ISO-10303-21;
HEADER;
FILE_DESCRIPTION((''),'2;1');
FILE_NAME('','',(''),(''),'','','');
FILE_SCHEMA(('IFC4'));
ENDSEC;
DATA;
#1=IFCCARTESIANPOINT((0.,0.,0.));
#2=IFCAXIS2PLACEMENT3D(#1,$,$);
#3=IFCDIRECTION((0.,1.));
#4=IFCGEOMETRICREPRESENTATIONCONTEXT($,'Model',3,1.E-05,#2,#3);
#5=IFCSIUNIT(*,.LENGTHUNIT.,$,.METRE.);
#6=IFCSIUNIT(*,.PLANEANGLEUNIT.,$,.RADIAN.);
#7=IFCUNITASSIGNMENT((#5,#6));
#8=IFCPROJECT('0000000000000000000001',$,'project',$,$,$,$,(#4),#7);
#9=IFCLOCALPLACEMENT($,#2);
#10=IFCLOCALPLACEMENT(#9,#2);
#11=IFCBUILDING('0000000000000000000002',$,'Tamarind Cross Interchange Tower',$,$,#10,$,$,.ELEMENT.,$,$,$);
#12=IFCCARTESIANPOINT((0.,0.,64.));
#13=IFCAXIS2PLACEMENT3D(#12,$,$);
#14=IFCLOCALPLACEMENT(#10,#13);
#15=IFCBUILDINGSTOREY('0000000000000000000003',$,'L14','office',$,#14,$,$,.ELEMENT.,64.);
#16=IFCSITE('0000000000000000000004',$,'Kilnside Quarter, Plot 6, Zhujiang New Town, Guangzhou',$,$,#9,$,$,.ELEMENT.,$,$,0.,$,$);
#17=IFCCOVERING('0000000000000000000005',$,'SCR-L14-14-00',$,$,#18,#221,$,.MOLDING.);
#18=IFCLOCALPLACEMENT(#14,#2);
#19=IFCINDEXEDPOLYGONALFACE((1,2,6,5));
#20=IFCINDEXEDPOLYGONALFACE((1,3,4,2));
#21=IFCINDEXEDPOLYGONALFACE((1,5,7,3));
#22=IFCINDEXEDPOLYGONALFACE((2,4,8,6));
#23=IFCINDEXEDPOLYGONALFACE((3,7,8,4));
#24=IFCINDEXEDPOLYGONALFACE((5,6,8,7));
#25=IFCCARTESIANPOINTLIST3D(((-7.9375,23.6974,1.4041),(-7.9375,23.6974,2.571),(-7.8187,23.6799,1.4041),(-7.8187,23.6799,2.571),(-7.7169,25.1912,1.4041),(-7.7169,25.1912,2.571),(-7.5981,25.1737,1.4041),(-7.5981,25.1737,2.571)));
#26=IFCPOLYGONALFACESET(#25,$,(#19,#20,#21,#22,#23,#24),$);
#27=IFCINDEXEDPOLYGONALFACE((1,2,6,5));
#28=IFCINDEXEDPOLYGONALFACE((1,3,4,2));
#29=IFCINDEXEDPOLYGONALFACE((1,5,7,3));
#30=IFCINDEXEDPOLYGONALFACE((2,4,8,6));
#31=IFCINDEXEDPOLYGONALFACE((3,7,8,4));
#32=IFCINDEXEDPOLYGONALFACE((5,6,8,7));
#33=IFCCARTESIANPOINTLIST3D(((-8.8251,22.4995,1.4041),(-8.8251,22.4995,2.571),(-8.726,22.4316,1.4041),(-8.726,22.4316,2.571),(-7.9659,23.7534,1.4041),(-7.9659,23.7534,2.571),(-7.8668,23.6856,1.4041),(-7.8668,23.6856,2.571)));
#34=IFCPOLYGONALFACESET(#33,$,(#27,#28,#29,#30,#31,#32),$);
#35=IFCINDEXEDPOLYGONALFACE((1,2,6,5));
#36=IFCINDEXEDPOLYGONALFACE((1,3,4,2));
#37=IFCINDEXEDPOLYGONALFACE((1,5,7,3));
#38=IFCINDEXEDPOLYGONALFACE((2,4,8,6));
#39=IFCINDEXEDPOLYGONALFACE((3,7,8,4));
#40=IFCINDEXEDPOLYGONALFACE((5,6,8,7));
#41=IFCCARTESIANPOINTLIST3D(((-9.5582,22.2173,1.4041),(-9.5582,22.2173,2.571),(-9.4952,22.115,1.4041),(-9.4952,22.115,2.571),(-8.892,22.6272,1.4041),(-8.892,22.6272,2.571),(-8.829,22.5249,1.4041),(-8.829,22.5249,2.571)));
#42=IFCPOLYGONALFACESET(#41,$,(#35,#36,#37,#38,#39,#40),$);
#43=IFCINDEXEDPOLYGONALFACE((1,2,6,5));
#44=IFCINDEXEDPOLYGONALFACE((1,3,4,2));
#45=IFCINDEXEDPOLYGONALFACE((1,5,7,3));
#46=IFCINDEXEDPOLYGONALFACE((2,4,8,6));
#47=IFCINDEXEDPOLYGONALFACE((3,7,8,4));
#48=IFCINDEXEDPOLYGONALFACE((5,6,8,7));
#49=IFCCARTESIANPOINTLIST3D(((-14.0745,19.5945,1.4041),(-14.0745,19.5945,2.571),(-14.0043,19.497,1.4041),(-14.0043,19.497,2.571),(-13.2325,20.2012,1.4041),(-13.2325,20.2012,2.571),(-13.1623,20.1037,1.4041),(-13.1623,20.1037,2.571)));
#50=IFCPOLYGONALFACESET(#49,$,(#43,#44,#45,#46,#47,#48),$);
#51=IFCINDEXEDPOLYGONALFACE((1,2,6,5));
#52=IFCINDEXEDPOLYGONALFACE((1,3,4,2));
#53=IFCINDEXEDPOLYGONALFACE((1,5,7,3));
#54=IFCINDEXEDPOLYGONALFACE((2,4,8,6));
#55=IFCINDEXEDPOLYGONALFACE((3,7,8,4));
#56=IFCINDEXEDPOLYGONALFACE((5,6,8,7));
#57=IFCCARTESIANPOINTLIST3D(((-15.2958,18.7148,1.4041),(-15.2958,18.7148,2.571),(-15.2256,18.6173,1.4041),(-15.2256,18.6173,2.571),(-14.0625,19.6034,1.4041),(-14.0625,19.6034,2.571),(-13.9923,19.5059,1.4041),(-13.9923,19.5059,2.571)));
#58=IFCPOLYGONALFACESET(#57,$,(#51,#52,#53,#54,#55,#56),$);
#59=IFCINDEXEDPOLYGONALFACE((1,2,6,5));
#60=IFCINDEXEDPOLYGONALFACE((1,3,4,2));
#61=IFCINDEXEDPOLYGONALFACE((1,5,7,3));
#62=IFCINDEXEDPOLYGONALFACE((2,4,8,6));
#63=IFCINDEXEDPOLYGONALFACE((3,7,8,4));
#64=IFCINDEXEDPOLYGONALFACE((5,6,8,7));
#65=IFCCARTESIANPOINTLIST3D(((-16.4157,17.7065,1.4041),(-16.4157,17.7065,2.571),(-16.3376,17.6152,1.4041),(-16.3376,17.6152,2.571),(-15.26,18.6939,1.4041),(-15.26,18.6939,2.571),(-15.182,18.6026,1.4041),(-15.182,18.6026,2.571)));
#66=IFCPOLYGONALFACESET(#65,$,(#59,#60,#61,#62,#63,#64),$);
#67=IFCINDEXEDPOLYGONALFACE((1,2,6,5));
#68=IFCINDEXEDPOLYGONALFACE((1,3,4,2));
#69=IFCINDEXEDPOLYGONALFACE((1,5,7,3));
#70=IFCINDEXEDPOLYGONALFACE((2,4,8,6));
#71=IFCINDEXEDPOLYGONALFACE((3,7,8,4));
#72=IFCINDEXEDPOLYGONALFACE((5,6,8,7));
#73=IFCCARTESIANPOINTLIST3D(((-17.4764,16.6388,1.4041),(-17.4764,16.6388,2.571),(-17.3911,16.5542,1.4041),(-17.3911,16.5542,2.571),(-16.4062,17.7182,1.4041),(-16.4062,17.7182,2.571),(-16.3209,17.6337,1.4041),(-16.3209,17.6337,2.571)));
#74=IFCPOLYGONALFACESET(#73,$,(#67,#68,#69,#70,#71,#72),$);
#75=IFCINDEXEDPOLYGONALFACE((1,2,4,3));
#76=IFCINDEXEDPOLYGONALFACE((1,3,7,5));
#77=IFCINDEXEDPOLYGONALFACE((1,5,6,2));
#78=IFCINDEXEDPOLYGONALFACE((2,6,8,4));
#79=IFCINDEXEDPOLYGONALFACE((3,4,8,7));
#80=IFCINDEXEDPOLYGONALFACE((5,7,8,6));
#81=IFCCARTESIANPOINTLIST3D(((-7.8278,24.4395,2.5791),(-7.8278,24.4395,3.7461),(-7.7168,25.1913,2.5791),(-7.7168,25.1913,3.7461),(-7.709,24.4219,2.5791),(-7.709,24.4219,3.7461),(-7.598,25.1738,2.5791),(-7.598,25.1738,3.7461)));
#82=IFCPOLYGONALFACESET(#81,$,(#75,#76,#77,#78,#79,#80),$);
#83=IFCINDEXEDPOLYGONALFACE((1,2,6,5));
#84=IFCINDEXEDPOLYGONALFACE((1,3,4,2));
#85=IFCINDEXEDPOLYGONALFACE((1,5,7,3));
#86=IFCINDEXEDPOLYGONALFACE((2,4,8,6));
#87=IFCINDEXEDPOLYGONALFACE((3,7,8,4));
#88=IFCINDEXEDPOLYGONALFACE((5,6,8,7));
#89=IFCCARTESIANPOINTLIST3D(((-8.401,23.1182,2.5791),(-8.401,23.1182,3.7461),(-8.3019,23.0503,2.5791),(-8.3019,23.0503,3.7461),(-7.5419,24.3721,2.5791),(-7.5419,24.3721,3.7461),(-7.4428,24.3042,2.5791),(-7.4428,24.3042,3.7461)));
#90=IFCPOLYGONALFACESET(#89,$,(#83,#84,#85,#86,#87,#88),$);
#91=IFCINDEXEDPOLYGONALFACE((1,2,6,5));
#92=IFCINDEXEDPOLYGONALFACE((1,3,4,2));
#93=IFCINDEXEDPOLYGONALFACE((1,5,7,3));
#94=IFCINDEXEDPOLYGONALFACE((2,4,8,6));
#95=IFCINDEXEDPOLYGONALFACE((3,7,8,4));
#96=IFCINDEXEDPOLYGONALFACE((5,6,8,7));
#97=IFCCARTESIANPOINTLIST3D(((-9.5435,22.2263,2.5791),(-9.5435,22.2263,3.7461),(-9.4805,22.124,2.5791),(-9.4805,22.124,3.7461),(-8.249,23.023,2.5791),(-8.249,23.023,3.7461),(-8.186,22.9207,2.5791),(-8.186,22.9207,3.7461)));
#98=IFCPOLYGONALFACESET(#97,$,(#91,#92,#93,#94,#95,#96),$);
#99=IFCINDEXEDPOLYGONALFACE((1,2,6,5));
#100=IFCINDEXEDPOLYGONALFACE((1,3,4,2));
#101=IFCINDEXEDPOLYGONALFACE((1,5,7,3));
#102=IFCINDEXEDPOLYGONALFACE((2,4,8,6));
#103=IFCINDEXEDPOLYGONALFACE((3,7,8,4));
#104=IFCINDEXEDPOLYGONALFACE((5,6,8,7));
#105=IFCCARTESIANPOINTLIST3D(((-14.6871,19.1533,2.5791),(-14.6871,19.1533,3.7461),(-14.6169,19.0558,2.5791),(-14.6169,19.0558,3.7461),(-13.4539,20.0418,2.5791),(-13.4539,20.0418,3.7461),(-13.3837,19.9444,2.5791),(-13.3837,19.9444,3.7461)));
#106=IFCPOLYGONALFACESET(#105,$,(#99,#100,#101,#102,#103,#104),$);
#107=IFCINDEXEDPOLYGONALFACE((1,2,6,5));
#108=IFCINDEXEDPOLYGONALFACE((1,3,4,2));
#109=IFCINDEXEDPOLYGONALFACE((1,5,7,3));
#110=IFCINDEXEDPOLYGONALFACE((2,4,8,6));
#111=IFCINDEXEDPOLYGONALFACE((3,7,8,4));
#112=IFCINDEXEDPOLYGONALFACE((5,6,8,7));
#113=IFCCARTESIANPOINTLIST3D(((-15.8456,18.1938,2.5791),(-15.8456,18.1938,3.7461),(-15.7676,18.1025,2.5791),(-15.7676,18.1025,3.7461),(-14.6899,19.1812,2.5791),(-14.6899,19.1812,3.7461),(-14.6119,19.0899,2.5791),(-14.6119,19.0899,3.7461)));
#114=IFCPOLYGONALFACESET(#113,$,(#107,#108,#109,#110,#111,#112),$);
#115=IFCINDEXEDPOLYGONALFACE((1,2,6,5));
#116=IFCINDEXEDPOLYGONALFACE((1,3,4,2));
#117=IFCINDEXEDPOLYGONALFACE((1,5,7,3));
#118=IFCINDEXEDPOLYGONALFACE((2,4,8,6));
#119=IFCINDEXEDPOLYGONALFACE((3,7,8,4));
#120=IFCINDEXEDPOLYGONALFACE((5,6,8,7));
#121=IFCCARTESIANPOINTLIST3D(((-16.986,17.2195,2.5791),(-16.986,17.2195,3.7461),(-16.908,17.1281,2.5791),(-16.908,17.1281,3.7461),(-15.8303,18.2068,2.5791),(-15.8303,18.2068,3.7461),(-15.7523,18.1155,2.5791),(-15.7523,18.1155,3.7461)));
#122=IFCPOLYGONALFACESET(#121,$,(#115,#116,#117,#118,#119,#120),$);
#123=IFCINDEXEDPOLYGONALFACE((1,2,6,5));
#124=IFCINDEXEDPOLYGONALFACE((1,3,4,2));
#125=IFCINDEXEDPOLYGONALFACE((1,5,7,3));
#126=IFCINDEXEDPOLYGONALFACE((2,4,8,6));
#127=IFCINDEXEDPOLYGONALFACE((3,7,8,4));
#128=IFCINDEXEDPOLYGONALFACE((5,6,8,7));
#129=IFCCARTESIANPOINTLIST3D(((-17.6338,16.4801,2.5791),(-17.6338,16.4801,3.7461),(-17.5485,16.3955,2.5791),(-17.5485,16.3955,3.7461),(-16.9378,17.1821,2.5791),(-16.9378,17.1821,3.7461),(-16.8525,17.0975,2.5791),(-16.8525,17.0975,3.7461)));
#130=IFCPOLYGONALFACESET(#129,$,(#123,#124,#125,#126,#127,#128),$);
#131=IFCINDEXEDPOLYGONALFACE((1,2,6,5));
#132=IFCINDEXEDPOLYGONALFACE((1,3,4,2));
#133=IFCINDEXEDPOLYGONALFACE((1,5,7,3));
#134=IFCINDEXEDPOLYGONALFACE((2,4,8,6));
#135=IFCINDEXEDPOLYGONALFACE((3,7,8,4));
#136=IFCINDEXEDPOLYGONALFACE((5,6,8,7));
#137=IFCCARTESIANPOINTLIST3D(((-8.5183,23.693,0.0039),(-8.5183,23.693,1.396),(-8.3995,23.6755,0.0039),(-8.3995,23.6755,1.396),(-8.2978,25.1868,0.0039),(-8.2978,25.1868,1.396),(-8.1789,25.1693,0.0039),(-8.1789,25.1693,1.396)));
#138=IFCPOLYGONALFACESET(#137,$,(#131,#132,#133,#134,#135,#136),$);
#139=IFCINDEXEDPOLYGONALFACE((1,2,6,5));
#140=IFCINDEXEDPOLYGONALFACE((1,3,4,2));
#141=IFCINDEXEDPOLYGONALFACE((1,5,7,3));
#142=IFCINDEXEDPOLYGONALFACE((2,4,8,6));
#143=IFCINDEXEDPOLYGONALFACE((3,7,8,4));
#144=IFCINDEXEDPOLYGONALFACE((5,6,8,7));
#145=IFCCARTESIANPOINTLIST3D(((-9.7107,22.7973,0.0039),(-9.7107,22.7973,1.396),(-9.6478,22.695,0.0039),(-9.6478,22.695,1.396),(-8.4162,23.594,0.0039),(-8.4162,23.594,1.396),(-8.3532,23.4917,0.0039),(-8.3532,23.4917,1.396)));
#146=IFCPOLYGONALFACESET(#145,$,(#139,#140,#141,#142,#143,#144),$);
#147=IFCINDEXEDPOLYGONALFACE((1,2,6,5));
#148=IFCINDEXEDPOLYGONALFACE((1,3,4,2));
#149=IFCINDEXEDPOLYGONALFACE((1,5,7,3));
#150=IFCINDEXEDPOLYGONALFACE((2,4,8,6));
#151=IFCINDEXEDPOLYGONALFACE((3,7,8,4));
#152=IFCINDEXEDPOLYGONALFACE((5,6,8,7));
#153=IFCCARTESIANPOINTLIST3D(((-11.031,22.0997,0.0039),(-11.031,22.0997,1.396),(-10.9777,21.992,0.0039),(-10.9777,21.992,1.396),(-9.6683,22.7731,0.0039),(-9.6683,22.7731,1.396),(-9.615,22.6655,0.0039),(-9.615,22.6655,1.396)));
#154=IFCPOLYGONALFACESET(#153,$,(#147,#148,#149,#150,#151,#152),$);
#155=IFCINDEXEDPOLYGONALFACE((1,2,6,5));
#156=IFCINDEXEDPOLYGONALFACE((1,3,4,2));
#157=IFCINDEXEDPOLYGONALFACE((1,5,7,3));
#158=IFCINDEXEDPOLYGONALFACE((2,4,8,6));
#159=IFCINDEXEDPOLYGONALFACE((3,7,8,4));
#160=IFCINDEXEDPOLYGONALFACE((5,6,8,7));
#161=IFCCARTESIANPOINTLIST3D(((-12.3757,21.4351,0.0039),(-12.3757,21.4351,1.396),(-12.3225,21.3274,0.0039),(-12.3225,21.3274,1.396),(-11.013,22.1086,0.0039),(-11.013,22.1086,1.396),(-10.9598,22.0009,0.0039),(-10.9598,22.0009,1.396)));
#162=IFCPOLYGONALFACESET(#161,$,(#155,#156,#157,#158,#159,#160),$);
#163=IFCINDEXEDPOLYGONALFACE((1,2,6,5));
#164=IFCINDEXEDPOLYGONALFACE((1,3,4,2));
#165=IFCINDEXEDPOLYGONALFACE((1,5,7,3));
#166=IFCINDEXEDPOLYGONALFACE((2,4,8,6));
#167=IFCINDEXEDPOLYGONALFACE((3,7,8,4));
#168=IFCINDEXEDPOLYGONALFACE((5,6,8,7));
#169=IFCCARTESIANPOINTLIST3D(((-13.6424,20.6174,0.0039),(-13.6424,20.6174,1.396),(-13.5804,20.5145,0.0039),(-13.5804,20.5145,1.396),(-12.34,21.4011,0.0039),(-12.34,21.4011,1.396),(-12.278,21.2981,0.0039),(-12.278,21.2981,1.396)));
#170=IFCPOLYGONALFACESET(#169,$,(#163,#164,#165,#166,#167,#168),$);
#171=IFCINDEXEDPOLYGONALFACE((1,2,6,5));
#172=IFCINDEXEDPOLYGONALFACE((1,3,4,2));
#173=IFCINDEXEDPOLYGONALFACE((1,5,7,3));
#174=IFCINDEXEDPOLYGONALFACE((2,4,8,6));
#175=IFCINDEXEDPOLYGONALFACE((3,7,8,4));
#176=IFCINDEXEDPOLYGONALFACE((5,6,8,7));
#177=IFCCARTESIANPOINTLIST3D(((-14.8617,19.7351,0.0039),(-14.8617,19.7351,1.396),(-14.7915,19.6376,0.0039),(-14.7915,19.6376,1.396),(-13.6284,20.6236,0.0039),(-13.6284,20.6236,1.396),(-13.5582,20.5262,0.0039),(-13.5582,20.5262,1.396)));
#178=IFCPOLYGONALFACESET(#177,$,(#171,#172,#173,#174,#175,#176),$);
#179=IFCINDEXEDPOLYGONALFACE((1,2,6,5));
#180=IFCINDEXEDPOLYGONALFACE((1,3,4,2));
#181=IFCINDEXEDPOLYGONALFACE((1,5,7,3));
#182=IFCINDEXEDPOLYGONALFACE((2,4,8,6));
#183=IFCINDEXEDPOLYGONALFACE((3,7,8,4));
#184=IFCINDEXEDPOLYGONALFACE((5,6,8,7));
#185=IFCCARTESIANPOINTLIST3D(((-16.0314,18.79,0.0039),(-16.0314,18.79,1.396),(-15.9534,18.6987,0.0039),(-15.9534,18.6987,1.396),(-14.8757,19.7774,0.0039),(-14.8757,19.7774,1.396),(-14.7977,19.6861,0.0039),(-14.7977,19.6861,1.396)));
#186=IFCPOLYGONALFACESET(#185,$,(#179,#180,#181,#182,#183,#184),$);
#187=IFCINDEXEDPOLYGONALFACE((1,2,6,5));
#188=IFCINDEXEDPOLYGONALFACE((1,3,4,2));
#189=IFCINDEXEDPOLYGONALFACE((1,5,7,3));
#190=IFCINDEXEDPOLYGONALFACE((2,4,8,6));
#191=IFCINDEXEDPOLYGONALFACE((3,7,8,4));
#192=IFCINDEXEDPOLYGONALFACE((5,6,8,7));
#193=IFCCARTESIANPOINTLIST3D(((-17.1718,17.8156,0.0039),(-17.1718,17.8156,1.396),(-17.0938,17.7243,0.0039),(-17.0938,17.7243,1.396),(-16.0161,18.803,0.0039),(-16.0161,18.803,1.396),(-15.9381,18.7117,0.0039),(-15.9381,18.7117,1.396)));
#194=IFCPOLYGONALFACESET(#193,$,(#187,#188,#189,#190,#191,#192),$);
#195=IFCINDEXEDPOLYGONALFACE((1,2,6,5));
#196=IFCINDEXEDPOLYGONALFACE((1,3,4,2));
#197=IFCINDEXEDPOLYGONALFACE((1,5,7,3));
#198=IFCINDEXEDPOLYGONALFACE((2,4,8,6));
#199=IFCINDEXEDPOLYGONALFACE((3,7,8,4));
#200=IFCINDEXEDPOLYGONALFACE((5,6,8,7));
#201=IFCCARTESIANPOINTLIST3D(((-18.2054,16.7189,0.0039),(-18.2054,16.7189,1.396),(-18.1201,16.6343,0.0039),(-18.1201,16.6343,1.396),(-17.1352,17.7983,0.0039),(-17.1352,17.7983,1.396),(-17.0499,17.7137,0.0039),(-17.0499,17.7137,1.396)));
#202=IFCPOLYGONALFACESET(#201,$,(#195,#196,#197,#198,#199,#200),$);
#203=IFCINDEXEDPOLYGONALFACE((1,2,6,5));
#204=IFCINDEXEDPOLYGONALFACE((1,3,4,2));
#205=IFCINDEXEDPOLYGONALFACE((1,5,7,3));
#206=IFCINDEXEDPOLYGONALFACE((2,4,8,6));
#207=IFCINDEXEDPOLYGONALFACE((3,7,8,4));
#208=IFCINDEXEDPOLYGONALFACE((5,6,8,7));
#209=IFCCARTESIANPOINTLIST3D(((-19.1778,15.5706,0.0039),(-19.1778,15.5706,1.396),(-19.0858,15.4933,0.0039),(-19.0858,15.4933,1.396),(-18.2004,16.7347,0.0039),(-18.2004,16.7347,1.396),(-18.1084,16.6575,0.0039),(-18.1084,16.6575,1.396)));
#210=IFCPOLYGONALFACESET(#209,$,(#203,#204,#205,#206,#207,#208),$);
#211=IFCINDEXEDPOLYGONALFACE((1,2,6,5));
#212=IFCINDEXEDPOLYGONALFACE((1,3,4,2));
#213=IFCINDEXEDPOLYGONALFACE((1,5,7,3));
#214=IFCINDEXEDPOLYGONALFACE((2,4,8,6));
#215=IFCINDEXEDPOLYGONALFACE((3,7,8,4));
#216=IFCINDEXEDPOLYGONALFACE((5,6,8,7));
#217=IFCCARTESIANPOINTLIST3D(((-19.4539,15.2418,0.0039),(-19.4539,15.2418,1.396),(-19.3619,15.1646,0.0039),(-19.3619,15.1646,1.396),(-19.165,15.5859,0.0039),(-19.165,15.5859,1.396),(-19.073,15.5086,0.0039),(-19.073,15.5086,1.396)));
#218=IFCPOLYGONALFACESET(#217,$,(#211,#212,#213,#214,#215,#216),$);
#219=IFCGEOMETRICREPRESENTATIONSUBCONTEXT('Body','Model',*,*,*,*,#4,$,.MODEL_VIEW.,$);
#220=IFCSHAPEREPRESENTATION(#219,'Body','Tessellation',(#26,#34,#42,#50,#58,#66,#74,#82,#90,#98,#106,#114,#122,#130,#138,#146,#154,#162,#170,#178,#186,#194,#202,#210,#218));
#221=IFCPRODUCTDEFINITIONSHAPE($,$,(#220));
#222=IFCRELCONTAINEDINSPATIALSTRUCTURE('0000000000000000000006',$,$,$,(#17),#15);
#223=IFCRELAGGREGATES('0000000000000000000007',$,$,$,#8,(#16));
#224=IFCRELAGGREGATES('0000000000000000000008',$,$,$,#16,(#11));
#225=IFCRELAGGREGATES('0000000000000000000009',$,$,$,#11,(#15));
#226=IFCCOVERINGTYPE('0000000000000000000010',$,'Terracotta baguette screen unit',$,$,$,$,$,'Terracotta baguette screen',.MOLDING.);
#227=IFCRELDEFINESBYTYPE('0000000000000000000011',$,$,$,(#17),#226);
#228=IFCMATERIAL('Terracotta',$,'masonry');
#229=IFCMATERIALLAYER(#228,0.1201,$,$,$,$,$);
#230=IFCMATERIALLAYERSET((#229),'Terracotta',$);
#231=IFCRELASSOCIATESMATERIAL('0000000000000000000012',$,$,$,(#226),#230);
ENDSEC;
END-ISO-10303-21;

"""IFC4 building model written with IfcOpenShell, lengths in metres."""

from ifc_helpers import new_model, si_unit, direction, frame, origin, origin_2d, place, context, subcontext, project, spatial, rectangle, extrude, material, layer, layer_set, type_object, element, save


model = new_model("IFC4")

# Units and contexts
model_context = context("Model", 3, precision=1e-05, world=origin(), true_north=direction((0.0, 1.0)))
body_context = subcontext(model_context, "Body", "Model", "MODEL_VIEW")
ifc_project = project(units=[si_unit("LENGTHUNIT", "METRE"), si_unit("PLANEANGLEUNIT", "RADIAN")], contexts=[model_context])

# Site, building, storey
site_placement = place(None, origin())
site = spatial("IfcSite", under=ifc_project, at=site_placement, Name="Kilnside Quarter, Plot 6, Zhujiang New Town, Guangzhou", CompositionType="ELEMENT", RefElevation=0.0)
building_placement = place(site_placement, origin())
building = spatial("IfcBuilding", under=site, at=building_placement, Name="Tamarind Cross Interchange Tower", CompositionType="ELEMENT")
storey_placement = place(building_placement, frame((0.0, 0.0, 64.0)))
storey = spatial("IfcBuildingStorey", under=building, at=storey_placement, Name="L14", Description="office", CompositionType="ELEMENT", Elevation=64.0)

# Covering
ifc_material_1 = material(Name="Terracotta", Category="masonry")
ifc_layer_1 = layer(ifc_material_1, 0.1201)
ifc_layer_set_1 = layer_set([ifc_layer_1], Name="Terracotta")
covering_type = type_object("IfcCoveringType", Name="Terracotta baguette screen unit", ElementType="Terracotta baguette screen", PredefinedType="MOLDING", material=ifc_layer_set_1)
covering_1_placement = place(storey_placement, origin())
element("IfcCovering", 1, at=covering_1_placement, inside=storey, type_object=covering_type, Name="SCR-L14-14-00", PredefinedType="MOLDING", context=body_context, shape_type="SweptSolid", body=[
    extrude(rectangle(XDim=1.51, YDim=0.1201, at=origin_2d()), frame((-7.7678, 24.4355, 1.4041), z_axis=(0.0, 0.0, 1.0), x_axis=(-0.14608, -0.989273, 0.0)), (0.0, 0.0, 1.0), 1.167),
    extrude(rectangle(XDim=1.52, YDim=0.1201, at=origin_2d()), frame((-8.3459, 23.0925, 1.4041), z_axis=(0.0, 0.0, 1.0), x_axis=(-0.565209, -0.824948, 0.0)), (0.0, 0.0, 1.0), 1.167),
    extrude(rectangle(XDim=0.7822, YDim=0.1201, at=origin_2d()), frame((-9.1936, 22.3711, 1.4041), z_axis=(0.0, 0.0, 1.0), x_axis=(-0.851645, -0.524119, 0.0)), (0.0, 0.0, 1.0), 1.167),
    extrude(rectangle(XDim=1.0378, YDim=0.1201, at=origin_2d()), frame((-13.6184, 19.8491, 1.4041), z_axis=(0.0, 0.0, 1.0), x_axis=(-0.81134, -0.584574, 0.0)), (0.0, 0.0, 1.0), 1.167),
    extrude(rectangle(XDim=1.52, YDim=0.1201, at=origin_2d()), frame((-14.644, 19.1104, 1.4041), z_axis=(0.0, 0.0, 1.0), x_axis=(-0.81134, -0.584574, 0.0)), (0.0, 0.0, 1.0), 1.167),
    extrude(rectangle(XDim=1.52, YDim=0.1201, at=origin_2d()), frame((-15.7988, 18.1545, 1.4041), z_axis=(0.0, 0.0, 1.0), x_axis=(-0.760296, -0.649577, 0.0)), (0.0, 0.0, 1.0), 1.167),
    extrude(rectangle(XDim=1.52, YDim=0.1201, at=origin_2d()), frame((-16.8987, 17.1362, 1.4041), z_axis=(0.0, 0.0, 1.0), x_axis=(-0.704057, -0.710143, 0.0)), (0.0, 0.0, 1.0), 1.167),
    extrude(rectangle(XDim=0.76, YDim=0.1201, at=origin_2d()), frame((-7.7129, 24.8066, 2.5791), z_axis=(0.0, 0.0, 1.0), x_axis=(-0.14608, -0.989273, 0.0)), (0.0, 0.0, 1.0), 1.167),
    extrude(rectangle(XDim=1.52, YDim=0.1201, at=origin_2d()), frame((-7.9219, 23.7112, 2.5791), z_axis=(0.0, 0.0, 1.0), x_axis=(-0.565209, -0.824948, 0.0)), (0.0, 0.0, 1.0), 1.167),
    extrude(rectangle(XDim=1.52, YDim=0.1201, at=origin_2d()), frame((-8.8647, 22.5735, 2.5791), z_axis=(0.0, 0.0, 1.0), x_axis=(-0.851645, -0.524119, 0.0)), (0.0, 0.0, 1.0), 1.167),
    extrude(rectangle(XDim=1.52, YDim=0.1201, at=origin_2d()), frame((-14.0354, 19.5488, 2.5791), z_axis=(0.0, 0.0, 1.0), x_axis=(-0.81134, -0.584574, 0.0)), (0.0, 0.0, 1.0), 1.167),
    extrude(rectangle(XDim=1.52, YDim=0.1201, at=origin_2d()), frame((-15.2288, 18.6418, 2.5791), z_axis=(0.0, 0.0, 1.0), x_axis=(-0.760296, -0.649577, 0.0)), (0.0, 0.0, 1.0), 1.167),
    extrude(rectangle(XDim=1.52, YDim=0.1201, at=origin_2d()), frame((-16.3691, 17.6675, 2.5791), z_axis=(0.0, 0.0, 1.0), x_axis=(-0.760296, -0.649577, 0.0)), (0.0, 0.0, 1.0), 1.167),
    extrude(rectangle(XDim=0.9885, YDim=0.1201, at=origin_2d()), frame((-17.2432, 16.7888, 2.5791), z_axis=(0.0, 0.0, 1.0), x_axis=(-0.704057, -0.710143, 0.0)), (0.0, 0.0, 1.0), 1.167),
    extrude(rectangle(XDim=1.51, YDim=0.1201, at=origin_2d()), frame((-8.3486, 24.4312, 0.0039), z_axis=(0.0, 0.0, 1.0), x_axis=(-0.14608, -0.989273, 0.0)), (0.0, 0.0, 1.0), 1.3921),
    extrude(rectangle(XDim=1.52, YDim=0.1201, at=origin_2d()), frame((-9.032, 23.1445, 0.0039), z_axis=(0.0, 0.0, 1.0), x_axis=(-0.851645, -0.524119, 0.0)), (0.0, 0.0, 1.0), 1.3921),
    extrude(rectangle(XDim=1.52, YDim=0.1201, at=origin_2d()), frame((-10.323, 22.3826, 0.0039), z_axis=(0.0, 0.0, 1.0), x_axis=(-0.896493, -0.443059, 0.0)), (0.0, 0.0, 1.0), 1.3921),
    extrude(rectangle(XDim=1.52, YDim=0.1201, at=origin_2d()), frame((-11.6677, 21.718, 0.0039), z_axis=(0.0, 0.0, 1.0), x_axis=(-0.896493, -0.443059, 0.0)), (0.0, 0.0, 1.0), 1.3921),
    extrude(rectangle(XDim=1.52, YDim=0.1201, at=origin_2d()), frame((-12.9602, 20.9578, 0.0039), z_axis=(0.0, 0.0, 1.0), x_axis=(-0.856843, -0.515577, 0.0)), (0.0, 0.0, 1.0), 1.3921),
    extrude(rectangle(XDim=1.52, YDim=0.1201, at=origin_2d()), frame((-14.21, 20.1306, 0.0039), z_axis=(0.0, 0.0, 1.0), x_axis=(-0.81134, -0.584574, 0.0)), (0.0, 0.0, 1.0), 1.3921),
    extrude(rectangle(XDim=1.52, YDim=0.1201, at=origin_2d()), frame((-15.4146, 19.238, 0.0039), z_axis=(0.0, 0.0, 1.0), x_axis=(-0.760296, -0.649577, 0.0)), (0.0, 0.0, 1.0), 1.3921),
    extrude(rectangle(XDim=1.52, YDim=0.1201, at=origin_2d()), frame((-16.5549, 18.2637, 0.0039), z_axis=(0.0, 0.0, 1.0), x_axis=(-0.760296, -0.649577, 0.0)), (0.0, 0.0, 1.0), 1.3921),
    extrude(rectangle(XDim=1.52, YDim=0.1201, at=origin_2d()), frame((-17.6277, 17.2163, 0.0039), z_axis=(0.0, 0.0, 1.0), x_axis=(-0.704057, -0.710143, 0.0)), (0.0, 0.0, 1.0), 1.3921),
    extrude(rectangle(XDim=1.52, YDim=0.1201, at=origin_2d()), frame((-18.6431, 16.114, 0.0039), z_axis=(0.0, 0.0, 1.0), x_axis=(-0.643009, -0.765858, 0.0)), (0.0, 0.0, 1.0), 1.3921),
    extrude(rectangle(XDim=0.4492, YDim=0.1201, at=origin_2d()), frame((-19.2634, 15.3752, 0.0039), z_axis=(0.0, 0.0, 1.0), x_axis=(-0.643009, -0.765858, 0.0)), (0.0, 0.0, 1.0), 1.3921),
])

save(model, "model.ifc")
